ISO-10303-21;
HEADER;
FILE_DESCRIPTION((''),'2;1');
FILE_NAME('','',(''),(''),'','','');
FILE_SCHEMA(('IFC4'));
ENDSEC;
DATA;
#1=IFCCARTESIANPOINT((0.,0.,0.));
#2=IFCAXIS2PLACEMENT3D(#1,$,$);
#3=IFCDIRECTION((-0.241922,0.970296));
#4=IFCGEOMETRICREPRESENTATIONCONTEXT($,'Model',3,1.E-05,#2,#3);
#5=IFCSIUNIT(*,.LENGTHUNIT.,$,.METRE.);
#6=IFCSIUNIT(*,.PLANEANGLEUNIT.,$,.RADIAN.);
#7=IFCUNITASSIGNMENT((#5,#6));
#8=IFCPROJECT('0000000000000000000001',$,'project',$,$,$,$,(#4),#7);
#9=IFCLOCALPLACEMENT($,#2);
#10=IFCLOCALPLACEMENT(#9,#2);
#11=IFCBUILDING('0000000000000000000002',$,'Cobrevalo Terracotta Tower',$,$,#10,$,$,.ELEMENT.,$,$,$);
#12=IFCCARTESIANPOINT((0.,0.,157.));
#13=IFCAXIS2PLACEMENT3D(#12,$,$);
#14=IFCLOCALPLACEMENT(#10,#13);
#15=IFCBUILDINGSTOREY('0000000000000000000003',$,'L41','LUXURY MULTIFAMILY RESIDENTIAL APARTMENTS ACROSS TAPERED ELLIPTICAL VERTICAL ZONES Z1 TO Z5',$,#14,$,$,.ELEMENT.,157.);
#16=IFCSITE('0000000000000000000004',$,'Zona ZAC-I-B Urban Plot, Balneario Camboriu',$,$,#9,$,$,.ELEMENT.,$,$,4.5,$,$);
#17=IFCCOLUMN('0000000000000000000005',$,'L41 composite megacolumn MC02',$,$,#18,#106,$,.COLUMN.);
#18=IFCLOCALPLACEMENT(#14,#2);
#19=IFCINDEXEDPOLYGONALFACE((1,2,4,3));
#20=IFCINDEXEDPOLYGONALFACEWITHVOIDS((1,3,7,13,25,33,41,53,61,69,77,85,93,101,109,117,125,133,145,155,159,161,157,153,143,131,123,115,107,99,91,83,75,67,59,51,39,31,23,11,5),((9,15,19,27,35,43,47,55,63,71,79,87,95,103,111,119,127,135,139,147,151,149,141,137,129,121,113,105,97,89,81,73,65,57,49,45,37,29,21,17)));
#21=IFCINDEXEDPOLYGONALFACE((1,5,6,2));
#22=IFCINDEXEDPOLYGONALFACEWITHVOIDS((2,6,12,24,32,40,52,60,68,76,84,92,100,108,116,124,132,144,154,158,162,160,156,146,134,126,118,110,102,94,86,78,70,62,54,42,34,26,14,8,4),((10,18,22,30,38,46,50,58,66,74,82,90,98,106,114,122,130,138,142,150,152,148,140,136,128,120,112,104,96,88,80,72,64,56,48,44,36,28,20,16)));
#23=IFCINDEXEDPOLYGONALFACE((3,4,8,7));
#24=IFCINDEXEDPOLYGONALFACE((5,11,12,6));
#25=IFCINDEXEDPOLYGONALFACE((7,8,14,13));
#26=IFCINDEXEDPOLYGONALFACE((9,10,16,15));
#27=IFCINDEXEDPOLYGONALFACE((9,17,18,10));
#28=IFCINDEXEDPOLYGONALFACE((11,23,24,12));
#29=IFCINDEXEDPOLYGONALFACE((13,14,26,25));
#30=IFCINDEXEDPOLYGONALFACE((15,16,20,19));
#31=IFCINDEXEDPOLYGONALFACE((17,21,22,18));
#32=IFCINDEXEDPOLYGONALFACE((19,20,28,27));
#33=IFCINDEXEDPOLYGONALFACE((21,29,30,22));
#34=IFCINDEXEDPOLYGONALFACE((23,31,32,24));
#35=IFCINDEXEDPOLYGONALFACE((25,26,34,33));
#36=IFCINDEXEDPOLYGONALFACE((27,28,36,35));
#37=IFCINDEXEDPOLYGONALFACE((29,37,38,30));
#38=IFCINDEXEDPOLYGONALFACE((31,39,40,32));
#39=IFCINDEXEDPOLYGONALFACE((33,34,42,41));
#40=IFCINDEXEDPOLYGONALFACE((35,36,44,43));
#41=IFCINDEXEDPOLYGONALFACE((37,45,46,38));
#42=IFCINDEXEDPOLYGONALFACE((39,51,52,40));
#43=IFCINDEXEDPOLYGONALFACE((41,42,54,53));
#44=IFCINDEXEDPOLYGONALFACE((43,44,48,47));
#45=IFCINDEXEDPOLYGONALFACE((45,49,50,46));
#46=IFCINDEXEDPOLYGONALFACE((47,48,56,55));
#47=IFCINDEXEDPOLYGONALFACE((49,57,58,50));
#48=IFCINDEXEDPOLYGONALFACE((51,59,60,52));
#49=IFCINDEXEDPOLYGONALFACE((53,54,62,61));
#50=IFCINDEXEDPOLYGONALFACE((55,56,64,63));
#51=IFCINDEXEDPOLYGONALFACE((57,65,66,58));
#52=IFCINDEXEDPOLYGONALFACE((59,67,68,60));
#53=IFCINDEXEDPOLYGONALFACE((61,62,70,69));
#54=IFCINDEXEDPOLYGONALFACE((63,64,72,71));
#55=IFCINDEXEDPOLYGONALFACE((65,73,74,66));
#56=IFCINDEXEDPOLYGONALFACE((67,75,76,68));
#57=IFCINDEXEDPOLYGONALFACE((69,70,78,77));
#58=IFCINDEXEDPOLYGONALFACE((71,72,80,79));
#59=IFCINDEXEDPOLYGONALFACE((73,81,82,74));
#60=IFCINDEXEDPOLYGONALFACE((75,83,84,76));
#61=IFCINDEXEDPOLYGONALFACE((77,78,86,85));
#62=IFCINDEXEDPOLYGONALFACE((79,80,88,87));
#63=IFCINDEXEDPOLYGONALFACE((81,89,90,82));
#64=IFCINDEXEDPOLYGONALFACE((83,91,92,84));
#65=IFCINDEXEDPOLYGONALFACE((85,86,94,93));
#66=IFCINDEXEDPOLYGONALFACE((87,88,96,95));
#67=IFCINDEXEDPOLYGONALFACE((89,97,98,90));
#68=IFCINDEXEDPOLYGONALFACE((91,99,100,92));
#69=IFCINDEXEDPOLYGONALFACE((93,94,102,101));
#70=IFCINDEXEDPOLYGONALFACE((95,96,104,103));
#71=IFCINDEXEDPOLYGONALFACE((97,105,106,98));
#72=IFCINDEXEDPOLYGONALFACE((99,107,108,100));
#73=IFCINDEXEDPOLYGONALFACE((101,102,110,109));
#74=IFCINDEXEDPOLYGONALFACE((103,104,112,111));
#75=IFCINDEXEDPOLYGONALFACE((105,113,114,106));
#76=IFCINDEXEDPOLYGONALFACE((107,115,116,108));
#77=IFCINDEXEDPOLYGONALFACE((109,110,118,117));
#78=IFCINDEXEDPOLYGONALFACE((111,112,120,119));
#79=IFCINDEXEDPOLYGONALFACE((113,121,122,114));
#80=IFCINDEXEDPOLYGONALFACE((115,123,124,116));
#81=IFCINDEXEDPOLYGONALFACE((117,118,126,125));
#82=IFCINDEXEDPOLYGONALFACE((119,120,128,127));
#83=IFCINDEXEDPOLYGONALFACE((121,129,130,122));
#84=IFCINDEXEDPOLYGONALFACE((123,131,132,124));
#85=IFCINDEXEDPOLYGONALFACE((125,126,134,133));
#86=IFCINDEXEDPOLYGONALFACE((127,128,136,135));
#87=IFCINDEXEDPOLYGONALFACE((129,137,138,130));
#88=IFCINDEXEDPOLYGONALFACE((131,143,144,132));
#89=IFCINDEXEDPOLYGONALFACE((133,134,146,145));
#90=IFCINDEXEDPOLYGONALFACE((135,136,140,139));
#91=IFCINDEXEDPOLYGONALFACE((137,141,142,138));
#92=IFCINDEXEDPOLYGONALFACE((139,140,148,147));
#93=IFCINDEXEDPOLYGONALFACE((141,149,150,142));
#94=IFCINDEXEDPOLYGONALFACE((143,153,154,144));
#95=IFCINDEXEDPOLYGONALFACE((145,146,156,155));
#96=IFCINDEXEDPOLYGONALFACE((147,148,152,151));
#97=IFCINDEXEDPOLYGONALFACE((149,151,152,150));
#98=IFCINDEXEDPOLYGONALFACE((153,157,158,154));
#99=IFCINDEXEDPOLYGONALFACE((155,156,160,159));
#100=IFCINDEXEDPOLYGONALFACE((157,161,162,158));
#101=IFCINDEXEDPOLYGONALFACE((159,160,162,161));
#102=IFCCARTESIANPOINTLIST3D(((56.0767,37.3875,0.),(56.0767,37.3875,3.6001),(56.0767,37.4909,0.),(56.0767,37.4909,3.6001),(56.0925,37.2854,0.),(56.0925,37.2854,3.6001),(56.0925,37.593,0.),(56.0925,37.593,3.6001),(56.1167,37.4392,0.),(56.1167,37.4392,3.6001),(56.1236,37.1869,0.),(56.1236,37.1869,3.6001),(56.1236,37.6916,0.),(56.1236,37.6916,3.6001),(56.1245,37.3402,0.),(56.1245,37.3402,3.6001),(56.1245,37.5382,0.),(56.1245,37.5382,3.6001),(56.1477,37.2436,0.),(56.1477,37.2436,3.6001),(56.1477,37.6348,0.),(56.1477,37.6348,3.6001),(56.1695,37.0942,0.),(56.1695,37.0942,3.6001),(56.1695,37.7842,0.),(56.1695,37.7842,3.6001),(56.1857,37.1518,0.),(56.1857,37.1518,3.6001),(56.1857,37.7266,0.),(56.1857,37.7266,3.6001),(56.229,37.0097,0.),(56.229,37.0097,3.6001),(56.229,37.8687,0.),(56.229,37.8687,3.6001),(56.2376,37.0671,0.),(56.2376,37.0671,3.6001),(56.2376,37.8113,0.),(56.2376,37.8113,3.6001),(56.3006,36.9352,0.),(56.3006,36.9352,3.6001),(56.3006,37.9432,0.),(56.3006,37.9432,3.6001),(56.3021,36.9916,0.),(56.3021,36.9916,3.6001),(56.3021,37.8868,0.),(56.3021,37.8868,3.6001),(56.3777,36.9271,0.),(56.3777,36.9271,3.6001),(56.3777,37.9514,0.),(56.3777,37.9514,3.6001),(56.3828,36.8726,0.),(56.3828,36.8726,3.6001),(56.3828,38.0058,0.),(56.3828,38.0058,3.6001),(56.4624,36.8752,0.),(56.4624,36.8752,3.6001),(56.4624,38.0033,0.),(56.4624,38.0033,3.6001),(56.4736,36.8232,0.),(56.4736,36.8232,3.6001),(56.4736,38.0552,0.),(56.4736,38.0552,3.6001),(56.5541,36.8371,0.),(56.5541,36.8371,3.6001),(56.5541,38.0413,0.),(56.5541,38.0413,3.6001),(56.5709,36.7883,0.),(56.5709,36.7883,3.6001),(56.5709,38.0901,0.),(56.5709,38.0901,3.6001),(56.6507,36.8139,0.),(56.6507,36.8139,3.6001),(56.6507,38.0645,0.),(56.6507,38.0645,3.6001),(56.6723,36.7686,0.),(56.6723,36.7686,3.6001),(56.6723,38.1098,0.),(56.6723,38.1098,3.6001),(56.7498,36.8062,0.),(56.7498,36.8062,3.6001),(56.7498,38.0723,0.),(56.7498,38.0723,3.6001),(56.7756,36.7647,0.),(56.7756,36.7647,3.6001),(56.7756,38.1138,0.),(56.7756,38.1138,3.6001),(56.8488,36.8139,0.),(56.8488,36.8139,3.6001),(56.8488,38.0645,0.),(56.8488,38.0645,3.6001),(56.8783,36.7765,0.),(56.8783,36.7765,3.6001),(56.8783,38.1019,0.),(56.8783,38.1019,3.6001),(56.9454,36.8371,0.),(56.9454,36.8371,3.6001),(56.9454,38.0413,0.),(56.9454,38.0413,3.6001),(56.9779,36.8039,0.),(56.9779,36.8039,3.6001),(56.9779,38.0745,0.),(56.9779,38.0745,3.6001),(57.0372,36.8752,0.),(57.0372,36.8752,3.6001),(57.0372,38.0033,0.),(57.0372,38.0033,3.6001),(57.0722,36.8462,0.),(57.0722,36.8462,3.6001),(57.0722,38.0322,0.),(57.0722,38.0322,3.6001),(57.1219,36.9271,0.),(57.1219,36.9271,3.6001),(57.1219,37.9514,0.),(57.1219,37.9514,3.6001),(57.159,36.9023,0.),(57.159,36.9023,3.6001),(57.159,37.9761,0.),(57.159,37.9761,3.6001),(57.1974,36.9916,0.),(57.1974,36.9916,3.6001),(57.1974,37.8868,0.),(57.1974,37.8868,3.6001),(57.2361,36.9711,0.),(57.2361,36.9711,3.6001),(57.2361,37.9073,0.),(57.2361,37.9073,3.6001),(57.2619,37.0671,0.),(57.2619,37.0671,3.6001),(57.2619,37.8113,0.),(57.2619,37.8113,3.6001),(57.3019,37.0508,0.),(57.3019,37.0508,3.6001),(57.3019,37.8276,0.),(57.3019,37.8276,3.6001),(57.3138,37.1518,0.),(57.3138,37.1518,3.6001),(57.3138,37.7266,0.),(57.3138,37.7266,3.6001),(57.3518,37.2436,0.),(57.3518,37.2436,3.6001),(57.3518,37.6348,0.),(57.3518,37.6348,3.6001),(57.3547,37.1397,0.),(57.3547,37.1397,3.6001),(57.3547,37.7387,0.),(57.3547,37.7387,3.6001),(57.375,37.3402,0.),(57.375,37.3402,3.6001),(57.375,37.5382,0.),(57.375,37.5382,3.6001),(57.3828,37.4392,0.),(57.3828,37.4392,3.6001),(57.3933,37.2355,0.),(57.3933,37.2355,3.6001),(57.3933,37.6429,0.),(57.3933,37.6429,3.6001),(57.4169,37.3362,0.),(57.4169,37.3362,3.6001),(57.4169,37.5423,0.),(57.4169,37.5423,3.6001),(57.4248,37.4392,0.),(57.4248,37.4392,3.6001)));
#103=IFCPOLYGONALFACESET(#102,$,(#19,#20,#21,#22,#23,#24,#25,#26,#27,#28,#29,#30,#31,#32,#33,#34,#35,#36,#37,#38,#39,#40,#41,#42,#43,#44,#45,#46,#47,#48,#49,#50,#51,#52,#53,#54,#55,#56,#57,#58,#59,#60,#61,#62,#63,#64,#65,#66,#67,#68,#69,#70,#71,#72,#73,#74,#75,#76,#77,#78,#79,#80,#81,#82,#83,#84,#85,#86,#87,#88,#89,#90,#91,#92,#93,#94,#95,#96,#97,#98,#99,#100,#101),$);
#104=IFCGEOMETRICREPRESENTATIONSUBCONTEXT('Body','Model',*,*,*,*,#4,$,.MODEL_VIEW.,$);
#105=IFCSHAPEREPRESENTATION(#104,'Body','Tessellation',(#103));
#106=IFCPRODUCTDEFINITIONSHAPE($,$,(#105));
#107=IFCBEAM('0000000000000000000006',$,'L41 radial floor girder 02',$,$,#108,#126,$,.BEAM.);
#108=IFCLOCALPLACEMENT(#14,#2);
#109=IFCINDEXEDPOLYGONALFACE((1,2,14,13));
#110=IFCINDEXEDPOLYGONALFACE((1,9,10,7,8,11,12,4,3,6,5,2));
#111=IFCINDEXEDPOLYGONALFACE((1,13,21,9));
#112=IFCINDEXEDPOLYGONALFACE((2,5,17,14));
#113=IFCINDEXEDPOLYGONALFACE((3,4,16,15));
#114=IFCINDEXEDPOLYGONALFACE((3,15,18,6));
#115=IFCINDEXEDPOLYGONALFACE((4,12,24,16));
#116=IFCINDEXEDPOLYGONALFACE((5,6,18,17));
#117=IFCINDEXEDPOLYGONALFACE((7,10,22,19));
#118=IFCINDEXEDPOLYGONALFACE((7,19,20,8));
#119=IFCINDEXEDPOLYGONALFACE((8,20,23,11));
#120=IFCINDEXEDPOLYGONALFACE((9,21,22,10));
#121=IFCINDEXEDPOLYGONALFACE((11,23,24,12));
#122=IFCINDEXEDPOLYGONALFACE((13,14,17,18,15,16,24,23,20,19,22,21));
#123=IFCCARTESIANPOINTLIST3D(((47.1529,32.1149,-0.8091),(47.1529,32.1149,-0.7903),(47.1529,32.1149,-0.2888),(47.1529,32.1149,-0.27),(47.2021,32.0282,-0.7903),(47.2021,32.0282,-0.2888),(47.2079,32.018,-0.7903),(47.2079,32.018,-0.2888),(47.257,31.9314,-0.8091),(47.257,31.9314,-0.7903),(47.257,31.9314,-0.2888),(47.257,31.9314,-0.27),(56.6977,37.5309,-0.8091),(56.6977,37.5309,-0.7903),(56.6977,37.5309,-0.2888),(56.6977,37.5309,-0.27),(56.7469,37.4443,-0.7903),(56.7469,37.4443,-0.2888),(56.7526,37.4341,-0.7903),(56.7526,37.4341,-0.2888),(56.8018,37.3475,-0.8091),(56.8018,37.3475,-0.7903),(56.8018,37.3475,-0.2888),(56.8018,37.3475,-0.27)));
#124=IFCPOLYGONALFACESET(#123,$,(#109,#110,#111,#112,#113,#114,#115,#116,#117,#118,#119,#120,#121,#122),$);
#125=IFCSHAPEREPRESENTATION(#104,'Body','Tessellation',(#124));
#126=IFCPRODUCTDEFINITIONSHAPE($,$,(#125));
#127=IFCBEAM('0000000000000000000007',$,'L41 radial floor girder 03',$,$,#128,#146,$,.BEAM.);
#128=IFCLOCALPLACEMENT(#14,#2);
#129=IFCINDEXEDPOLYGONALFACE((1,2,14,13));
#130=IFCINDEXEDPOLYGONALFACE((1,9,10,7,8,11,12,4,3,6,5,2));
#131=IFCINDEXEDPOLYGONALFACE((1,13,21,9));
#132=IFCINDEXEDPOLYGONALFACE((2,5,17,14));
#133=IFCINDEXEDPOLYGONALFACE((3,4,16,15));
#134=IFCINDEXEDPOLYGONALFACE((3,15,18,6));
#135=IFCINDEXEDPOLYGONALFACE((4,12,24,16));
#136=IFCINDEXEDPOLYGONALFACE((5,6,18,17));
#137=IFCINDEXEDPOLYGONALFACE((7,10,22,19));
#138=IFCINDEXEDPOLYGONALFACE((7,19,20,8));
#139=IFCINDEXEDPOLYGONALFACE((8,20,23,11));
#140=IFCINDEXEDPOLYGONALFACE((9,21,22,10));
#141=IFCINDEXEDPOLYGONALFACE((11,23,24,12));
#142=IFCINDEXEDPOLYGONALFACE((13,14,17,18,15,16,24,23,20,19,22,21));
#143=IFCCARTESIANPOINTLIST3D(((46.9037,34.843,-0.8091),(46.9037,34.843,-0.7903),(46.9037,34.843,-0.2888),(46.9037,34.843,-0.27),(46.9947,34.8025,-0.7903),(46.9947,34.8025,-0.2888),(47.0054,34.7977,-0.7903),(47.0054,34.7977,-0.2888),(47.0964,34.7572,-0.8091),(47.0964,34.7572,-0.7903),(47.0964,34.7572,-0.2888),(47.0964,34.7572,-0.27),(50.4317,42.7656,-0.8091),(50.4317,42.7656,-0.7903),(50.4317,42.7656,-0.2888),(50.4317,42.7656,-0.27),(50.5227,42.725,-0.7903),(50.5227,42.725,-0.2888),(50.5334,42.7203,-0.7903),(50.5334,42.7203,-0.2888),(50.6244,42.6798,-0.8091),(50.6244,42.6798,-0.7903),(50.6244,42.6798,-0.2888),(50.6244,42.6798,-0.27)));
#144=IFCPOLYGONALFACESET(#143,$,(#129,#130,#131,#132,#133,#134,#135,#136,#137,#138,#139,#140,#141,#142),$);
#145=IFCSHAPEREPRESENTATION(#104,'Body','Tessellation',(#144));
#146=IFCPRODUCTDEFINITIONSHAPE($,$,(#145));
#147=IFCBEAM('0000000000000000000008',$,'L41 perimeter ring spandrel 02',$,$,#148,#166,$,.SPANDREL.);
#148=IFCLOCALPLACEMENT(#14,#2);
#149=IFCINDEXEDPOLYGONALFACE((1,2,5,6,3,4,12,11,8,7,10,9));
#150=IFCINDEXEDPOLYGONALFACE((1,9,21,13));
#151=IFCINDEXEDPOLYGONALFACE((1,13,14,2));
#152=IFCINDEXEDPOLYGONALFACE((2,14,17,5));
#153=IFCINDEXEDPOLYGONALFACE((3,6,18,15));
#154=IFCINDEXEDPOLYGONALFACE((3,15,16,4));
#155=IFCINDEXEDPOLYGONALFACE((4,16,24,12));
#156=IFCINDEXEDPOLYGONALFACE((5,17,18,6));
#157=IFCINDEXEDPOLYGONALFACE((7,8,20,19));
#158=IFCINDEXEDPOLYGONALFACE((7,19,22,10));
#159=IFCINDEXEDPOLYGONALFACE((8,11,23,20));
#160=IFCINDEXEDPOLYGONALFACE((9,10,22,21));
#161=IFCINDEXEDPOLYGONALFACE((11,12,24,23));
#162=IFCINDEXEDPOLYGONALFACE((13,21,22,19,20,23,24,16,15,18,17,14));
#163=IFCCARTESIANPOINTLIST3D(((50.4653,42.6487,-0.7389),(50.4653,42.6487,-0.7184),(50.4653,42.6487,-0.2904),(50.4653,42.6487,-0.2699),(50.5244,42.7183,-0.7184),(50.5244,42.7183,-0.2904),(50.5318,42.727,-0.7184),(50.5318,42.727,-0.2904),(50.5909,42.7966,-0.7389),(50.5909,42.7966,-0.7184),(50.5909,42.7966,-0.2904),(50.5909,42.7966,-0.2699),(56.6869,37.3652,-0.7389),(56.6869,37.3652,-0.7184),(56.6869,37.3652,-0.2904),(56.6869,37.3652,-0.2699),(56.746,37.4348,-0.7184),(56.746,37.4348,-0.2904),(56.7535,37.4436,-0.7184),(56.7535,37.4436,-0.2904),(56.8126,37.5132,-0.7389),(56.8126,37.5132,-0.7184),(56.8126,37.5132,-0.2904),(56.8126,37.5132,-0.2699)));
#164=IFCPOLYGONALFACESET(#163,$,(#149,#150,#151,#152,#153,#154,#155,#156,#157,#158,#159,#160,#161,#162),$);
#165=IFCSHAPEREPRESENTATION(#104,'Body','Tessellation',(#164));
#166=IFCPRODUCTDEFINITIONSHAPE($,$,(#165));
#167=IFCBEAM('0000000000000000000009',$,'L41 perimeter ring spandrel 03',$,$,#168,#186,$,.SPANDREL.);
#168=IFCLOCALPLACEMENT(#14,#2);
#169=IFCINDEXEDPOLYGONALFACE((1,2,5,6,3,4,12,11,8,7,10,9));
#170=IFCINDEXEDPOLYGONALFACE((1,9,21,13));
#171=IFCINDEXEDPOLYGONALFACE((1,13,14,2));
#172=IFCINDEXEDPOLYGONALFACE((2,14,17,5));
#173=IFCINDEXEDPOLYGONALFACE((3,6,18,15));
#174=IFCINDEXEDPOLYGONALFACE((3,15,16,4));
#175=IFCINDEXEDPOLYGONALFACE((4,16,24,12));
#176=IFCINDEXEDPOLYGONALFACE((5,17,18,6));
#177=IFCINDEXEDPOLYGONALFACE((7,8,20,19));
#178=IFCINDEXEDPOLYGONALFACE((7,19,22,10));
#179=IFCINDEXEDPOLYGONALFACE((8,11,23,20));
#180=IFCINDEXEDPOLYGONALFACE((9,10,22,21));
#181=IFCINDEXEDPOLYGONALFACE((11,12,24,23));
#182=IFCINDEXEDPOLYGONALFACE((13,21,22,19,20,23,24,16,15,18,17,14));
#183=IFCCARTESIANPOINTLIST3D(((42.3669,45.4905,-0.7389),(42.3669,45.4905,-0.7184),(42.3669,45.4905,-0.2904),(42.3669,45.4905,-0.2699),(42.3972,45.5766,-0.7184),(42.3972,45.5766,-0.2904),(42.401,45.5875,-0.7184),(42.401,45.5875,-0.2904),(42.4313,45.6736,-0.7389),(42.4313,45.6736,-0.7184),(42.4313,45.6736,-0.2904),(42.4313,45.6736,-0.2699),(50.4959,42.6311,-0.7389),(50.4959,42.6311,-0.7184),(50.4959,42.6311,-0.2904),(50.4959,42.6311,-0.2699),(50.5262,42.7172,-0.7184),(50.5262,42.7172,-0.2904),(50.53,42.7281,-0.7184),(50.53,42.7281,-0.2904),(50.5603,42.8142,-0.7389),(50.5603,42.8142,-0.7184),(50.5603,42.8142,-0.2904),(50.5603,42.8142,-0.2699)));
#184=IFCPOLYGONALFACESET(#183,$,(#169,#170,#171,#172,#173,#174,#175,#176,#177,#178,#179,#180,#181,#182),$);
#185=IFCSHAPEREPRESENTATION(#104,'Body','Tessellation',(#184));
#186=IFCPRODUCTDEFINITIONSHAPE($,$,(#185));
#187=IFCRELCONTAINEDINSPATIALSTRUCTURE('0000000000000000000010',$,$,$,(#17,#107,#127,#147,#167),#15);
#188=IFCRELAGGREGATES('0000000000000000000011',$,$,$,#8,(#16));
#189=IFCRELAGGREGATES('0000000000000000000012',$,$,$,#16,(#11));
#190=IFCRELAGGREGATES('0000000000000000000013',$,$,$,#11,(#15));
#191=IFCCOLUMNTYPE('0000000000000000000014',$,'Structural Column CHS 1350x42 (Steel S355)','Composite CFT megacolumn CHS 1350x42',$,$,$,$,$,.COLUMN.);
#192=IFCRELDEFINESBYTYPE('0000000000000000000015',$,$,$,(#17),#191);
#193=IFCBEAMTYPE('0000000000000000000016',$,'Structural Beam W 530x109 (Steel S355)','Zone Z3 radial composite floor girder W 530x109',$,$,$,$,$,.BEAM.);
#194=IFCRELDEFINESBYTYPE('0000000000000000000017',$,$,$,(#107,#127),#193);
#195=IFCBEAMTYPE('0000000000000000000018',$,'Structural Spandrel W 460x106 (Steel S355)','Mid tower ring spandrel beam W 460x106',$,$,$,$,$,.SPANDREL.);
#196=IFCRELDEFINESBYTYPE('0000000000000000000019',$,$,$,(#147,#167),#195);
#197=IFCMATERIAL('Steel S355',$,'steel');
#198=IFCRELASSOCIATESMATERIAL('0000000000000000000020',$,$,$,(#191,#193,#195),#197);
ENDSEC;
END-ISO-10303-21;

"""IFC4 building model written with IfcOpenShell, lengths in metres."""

from ifc_helpers import new_model, si_unit, direction, frame, origin, origin_2d, place, context, subcontext, project, spatial, hollow_circle, i_section, extrude, material, material_profile, profile_set, type_object, element, save


model = new_model("IFC4")

# Units and contexts
model_context = context("Model", 3, precision=1e-05, world=origin(), true_north=direction((-0.241922, 0.970296)))
body_context = subcontext(model_context, "Body", "Model", "MODEL_VIEW")
ifc_project = project(units=[si_unit("LENGTHUNIT", "METRE"), si_unit("PLANEANGLEUNIT", "RADIAN")], contexts=[model_context])

# Site, building, storey
site_placement = place(None, origin())
site = spatial("IfcSite", under=ifc_project, at=site_placement, Name="Zona ZAC-I-B Urban Plot, Balneario Camboriu", CompositionType="ELEMENT", RefElevation=4.5)
building_placement = place(site_placement, origin())
building = spatial("IfcBuilding", under=site, at=building_placement, Name="Cobrevalo Terracotta Tower", CompositionType="ELEMENT")
storey_placement = place(building_placement, frame((0.0, 0.0, 157.0)))
storey = spatial("IfcBuildingStorey", under=building, at=storey_placement, Name="L41", Description="LUXURY MULTIFAMILY RESIDENTIAL APARTMENTS ACROSS TAPERED ELLIPTICAL VERTICAL ZONES Z1 TO Z5", CompositionType="ELEMENT", Elevation=157.0)

# Column
ifc_material_1 = material(Name="Steel S355", Category="steel")
ifc_material_profile_1 = material_profile(ifc_material_1, hollow_circle(Radius=0.675, WallThickness=0.042, at=origin_2d()), Name="CHS 1350x42")
ifc_profile_set_1 = profile_set([ifc_material_profile_1], Name="Steel S355")
column_type = type_object("IfcColumnType", Name="Structural Column CHS 1350x42 (Steel S355)", Description="Composite CFT megacolumn CHS 1350x42", PredefinedType="COLUMN", material=ifc_profile_set_1)
column_placement = place(storey_placement, frame((56.7498, 37.4392, 0.0), z_axis=(0.0, 0.0, 1.0), x_axis=(1.0, 0.0, 0.0)))
element("IfcColumn", 1, at=column_placement, inside=storey, type_object=column_type, Name="L41 composite megacolumn MC02", PredefinedType="COLUMN", context=body_context, shape_type="SweptSolid", body=[
    extrude(hollow_circle(Radius=0.675, WallThickness=0.042, at=origin_2d()), origin(), (0.0, 0.0, 1.0), 3.6001),
])

# Beams
ifc_material_profile_2 = material_profile(ifc_material_1, i_section(OverallWidth=0.2109, OverallDepth=0.5391, WebThickness=0.0117, FlangeThickness=0.0188, at=origin_2d()), Name="W 530x109")
ifc_profile_set_2 = profile_set([ifc_material_profile_2], Name="Steel S355")
beam_type_1 = type_object("IfcBeamType", Name="Structural Beam W 530x109 (Steel S355)", Description="Zone Z3 radial composite floor girder W 530x109", PredefinedType="BEAM", material=ifc_profile_set_2)
beam_1_placement = place(storey_placement, frame((56.7498, 37.4392, -0.5396), z_axis=(-0.869734, -0.49352, 0.0), x_axis=(0.49352, -0.869734, 0.0)))
element("IfcBeam", 2, at=beam_1_placement, inside=storey, type_object=beam_type_1, Name="L41 radial floor girder 02", PredefinedType="BEAM", context=body_context, shape_type="SweptSolid", body=[
    extrude(i_section(OverallWidth=0.2109, OverallDepth=0.5391, WebThickness=0.0117, FlangeThickness=0.0188, at=origin_2d()), origin(), (0.0, 0.0, 1.0), 10.9744),
])
beam_2_placement = place(storey_placement, frame((50.5281, 42.7227, -0.5396), z_axis=(-0.406804, -0.913515, 0.0), x_axis=(0.913515, -0.406804, 0.0)))
element("IfcBeam", 3, at=beam_2_placement, inside=storey, type_object=beam_type_1, Name="L41 radial floor girder 03", PredefinedType="BEAM", context=body_context, shape_type="SweptSolid", body=[
    extrude(i_section(OverallWidth=0.2109, OverallDepth=0.5391, WebThickness=0.0117, FlangeThickness=0.0188, at=origin_2d()), origin(), (0.0, 0.0, 1.0), 8.6726),
])
ifc_material_profile_3 = material_profile(ifc_material_1, i_section(OverallWidth=0.1941, OverallDepth=0.469, WebThickness=0.0115, FlangeThickness=0.0205, at=origin_2d()), Name="W 460x106")
ifc_profile_set_3 = profile_set([ifc_material_profile_3], Name="Steel S355")
beam_type_2 = type_object("IfcBeamType", Name="Structural Spandrel W 460x106 (Steel S355)", Description="Mid tower ring spandrel beam W 460x106", PredefinedType="SPANDREL", material=ifc_profile_set_3)
beam_3_placement = place(storey_placement, frame((56.7498, 37.4392, -0.5044), z_axis=(-0.76224, 0.647294, 0.0), x_axis=(-0.647294, -0.76224, 0.0)))
element("IfcBeam", 4, at=beam_3_placement, inside=storey, type_object=beam_type_2, Name="L41 perimeter ring spandrel 02", PredefinedType="SPANDREL", context=body_context, shape_type="SweptSolid", body=[
    extrude(i_section(OverallWidth=0.1941, OverallDepth=0.469, WebThickness=0.0115, FlangeThickness=0.0205, at=origin_2d()), origin(), (0.0, 0.0, 1.0), 8.1624),
])
beam_4_placement = place(storey_placement, frame((50.5281, 42.7227, -0.5044), z_axis=(-0.943341, 0.331824, 0.0), x_axis=(-0.331824, -0.943341, 0.0)))
element("IfcBeam", 5, at=beam_4_placement, inside=storey, type_object=beam_type_2, Name="L41 perimeter ring spandrel 03", PredefinedType="SPANDREL", context=body_context, shape_type="SweptSolid", body=[
    extrude(i_section(OverallWidth=0.1941, OverallDepth=0.469, WebThickness=0.0115, FlangeThickness=0.0205, at=origin_2d()), origin(), (0.0, 0.0, 1.0), 8.6172),
])

save(model, "model.ifc")
